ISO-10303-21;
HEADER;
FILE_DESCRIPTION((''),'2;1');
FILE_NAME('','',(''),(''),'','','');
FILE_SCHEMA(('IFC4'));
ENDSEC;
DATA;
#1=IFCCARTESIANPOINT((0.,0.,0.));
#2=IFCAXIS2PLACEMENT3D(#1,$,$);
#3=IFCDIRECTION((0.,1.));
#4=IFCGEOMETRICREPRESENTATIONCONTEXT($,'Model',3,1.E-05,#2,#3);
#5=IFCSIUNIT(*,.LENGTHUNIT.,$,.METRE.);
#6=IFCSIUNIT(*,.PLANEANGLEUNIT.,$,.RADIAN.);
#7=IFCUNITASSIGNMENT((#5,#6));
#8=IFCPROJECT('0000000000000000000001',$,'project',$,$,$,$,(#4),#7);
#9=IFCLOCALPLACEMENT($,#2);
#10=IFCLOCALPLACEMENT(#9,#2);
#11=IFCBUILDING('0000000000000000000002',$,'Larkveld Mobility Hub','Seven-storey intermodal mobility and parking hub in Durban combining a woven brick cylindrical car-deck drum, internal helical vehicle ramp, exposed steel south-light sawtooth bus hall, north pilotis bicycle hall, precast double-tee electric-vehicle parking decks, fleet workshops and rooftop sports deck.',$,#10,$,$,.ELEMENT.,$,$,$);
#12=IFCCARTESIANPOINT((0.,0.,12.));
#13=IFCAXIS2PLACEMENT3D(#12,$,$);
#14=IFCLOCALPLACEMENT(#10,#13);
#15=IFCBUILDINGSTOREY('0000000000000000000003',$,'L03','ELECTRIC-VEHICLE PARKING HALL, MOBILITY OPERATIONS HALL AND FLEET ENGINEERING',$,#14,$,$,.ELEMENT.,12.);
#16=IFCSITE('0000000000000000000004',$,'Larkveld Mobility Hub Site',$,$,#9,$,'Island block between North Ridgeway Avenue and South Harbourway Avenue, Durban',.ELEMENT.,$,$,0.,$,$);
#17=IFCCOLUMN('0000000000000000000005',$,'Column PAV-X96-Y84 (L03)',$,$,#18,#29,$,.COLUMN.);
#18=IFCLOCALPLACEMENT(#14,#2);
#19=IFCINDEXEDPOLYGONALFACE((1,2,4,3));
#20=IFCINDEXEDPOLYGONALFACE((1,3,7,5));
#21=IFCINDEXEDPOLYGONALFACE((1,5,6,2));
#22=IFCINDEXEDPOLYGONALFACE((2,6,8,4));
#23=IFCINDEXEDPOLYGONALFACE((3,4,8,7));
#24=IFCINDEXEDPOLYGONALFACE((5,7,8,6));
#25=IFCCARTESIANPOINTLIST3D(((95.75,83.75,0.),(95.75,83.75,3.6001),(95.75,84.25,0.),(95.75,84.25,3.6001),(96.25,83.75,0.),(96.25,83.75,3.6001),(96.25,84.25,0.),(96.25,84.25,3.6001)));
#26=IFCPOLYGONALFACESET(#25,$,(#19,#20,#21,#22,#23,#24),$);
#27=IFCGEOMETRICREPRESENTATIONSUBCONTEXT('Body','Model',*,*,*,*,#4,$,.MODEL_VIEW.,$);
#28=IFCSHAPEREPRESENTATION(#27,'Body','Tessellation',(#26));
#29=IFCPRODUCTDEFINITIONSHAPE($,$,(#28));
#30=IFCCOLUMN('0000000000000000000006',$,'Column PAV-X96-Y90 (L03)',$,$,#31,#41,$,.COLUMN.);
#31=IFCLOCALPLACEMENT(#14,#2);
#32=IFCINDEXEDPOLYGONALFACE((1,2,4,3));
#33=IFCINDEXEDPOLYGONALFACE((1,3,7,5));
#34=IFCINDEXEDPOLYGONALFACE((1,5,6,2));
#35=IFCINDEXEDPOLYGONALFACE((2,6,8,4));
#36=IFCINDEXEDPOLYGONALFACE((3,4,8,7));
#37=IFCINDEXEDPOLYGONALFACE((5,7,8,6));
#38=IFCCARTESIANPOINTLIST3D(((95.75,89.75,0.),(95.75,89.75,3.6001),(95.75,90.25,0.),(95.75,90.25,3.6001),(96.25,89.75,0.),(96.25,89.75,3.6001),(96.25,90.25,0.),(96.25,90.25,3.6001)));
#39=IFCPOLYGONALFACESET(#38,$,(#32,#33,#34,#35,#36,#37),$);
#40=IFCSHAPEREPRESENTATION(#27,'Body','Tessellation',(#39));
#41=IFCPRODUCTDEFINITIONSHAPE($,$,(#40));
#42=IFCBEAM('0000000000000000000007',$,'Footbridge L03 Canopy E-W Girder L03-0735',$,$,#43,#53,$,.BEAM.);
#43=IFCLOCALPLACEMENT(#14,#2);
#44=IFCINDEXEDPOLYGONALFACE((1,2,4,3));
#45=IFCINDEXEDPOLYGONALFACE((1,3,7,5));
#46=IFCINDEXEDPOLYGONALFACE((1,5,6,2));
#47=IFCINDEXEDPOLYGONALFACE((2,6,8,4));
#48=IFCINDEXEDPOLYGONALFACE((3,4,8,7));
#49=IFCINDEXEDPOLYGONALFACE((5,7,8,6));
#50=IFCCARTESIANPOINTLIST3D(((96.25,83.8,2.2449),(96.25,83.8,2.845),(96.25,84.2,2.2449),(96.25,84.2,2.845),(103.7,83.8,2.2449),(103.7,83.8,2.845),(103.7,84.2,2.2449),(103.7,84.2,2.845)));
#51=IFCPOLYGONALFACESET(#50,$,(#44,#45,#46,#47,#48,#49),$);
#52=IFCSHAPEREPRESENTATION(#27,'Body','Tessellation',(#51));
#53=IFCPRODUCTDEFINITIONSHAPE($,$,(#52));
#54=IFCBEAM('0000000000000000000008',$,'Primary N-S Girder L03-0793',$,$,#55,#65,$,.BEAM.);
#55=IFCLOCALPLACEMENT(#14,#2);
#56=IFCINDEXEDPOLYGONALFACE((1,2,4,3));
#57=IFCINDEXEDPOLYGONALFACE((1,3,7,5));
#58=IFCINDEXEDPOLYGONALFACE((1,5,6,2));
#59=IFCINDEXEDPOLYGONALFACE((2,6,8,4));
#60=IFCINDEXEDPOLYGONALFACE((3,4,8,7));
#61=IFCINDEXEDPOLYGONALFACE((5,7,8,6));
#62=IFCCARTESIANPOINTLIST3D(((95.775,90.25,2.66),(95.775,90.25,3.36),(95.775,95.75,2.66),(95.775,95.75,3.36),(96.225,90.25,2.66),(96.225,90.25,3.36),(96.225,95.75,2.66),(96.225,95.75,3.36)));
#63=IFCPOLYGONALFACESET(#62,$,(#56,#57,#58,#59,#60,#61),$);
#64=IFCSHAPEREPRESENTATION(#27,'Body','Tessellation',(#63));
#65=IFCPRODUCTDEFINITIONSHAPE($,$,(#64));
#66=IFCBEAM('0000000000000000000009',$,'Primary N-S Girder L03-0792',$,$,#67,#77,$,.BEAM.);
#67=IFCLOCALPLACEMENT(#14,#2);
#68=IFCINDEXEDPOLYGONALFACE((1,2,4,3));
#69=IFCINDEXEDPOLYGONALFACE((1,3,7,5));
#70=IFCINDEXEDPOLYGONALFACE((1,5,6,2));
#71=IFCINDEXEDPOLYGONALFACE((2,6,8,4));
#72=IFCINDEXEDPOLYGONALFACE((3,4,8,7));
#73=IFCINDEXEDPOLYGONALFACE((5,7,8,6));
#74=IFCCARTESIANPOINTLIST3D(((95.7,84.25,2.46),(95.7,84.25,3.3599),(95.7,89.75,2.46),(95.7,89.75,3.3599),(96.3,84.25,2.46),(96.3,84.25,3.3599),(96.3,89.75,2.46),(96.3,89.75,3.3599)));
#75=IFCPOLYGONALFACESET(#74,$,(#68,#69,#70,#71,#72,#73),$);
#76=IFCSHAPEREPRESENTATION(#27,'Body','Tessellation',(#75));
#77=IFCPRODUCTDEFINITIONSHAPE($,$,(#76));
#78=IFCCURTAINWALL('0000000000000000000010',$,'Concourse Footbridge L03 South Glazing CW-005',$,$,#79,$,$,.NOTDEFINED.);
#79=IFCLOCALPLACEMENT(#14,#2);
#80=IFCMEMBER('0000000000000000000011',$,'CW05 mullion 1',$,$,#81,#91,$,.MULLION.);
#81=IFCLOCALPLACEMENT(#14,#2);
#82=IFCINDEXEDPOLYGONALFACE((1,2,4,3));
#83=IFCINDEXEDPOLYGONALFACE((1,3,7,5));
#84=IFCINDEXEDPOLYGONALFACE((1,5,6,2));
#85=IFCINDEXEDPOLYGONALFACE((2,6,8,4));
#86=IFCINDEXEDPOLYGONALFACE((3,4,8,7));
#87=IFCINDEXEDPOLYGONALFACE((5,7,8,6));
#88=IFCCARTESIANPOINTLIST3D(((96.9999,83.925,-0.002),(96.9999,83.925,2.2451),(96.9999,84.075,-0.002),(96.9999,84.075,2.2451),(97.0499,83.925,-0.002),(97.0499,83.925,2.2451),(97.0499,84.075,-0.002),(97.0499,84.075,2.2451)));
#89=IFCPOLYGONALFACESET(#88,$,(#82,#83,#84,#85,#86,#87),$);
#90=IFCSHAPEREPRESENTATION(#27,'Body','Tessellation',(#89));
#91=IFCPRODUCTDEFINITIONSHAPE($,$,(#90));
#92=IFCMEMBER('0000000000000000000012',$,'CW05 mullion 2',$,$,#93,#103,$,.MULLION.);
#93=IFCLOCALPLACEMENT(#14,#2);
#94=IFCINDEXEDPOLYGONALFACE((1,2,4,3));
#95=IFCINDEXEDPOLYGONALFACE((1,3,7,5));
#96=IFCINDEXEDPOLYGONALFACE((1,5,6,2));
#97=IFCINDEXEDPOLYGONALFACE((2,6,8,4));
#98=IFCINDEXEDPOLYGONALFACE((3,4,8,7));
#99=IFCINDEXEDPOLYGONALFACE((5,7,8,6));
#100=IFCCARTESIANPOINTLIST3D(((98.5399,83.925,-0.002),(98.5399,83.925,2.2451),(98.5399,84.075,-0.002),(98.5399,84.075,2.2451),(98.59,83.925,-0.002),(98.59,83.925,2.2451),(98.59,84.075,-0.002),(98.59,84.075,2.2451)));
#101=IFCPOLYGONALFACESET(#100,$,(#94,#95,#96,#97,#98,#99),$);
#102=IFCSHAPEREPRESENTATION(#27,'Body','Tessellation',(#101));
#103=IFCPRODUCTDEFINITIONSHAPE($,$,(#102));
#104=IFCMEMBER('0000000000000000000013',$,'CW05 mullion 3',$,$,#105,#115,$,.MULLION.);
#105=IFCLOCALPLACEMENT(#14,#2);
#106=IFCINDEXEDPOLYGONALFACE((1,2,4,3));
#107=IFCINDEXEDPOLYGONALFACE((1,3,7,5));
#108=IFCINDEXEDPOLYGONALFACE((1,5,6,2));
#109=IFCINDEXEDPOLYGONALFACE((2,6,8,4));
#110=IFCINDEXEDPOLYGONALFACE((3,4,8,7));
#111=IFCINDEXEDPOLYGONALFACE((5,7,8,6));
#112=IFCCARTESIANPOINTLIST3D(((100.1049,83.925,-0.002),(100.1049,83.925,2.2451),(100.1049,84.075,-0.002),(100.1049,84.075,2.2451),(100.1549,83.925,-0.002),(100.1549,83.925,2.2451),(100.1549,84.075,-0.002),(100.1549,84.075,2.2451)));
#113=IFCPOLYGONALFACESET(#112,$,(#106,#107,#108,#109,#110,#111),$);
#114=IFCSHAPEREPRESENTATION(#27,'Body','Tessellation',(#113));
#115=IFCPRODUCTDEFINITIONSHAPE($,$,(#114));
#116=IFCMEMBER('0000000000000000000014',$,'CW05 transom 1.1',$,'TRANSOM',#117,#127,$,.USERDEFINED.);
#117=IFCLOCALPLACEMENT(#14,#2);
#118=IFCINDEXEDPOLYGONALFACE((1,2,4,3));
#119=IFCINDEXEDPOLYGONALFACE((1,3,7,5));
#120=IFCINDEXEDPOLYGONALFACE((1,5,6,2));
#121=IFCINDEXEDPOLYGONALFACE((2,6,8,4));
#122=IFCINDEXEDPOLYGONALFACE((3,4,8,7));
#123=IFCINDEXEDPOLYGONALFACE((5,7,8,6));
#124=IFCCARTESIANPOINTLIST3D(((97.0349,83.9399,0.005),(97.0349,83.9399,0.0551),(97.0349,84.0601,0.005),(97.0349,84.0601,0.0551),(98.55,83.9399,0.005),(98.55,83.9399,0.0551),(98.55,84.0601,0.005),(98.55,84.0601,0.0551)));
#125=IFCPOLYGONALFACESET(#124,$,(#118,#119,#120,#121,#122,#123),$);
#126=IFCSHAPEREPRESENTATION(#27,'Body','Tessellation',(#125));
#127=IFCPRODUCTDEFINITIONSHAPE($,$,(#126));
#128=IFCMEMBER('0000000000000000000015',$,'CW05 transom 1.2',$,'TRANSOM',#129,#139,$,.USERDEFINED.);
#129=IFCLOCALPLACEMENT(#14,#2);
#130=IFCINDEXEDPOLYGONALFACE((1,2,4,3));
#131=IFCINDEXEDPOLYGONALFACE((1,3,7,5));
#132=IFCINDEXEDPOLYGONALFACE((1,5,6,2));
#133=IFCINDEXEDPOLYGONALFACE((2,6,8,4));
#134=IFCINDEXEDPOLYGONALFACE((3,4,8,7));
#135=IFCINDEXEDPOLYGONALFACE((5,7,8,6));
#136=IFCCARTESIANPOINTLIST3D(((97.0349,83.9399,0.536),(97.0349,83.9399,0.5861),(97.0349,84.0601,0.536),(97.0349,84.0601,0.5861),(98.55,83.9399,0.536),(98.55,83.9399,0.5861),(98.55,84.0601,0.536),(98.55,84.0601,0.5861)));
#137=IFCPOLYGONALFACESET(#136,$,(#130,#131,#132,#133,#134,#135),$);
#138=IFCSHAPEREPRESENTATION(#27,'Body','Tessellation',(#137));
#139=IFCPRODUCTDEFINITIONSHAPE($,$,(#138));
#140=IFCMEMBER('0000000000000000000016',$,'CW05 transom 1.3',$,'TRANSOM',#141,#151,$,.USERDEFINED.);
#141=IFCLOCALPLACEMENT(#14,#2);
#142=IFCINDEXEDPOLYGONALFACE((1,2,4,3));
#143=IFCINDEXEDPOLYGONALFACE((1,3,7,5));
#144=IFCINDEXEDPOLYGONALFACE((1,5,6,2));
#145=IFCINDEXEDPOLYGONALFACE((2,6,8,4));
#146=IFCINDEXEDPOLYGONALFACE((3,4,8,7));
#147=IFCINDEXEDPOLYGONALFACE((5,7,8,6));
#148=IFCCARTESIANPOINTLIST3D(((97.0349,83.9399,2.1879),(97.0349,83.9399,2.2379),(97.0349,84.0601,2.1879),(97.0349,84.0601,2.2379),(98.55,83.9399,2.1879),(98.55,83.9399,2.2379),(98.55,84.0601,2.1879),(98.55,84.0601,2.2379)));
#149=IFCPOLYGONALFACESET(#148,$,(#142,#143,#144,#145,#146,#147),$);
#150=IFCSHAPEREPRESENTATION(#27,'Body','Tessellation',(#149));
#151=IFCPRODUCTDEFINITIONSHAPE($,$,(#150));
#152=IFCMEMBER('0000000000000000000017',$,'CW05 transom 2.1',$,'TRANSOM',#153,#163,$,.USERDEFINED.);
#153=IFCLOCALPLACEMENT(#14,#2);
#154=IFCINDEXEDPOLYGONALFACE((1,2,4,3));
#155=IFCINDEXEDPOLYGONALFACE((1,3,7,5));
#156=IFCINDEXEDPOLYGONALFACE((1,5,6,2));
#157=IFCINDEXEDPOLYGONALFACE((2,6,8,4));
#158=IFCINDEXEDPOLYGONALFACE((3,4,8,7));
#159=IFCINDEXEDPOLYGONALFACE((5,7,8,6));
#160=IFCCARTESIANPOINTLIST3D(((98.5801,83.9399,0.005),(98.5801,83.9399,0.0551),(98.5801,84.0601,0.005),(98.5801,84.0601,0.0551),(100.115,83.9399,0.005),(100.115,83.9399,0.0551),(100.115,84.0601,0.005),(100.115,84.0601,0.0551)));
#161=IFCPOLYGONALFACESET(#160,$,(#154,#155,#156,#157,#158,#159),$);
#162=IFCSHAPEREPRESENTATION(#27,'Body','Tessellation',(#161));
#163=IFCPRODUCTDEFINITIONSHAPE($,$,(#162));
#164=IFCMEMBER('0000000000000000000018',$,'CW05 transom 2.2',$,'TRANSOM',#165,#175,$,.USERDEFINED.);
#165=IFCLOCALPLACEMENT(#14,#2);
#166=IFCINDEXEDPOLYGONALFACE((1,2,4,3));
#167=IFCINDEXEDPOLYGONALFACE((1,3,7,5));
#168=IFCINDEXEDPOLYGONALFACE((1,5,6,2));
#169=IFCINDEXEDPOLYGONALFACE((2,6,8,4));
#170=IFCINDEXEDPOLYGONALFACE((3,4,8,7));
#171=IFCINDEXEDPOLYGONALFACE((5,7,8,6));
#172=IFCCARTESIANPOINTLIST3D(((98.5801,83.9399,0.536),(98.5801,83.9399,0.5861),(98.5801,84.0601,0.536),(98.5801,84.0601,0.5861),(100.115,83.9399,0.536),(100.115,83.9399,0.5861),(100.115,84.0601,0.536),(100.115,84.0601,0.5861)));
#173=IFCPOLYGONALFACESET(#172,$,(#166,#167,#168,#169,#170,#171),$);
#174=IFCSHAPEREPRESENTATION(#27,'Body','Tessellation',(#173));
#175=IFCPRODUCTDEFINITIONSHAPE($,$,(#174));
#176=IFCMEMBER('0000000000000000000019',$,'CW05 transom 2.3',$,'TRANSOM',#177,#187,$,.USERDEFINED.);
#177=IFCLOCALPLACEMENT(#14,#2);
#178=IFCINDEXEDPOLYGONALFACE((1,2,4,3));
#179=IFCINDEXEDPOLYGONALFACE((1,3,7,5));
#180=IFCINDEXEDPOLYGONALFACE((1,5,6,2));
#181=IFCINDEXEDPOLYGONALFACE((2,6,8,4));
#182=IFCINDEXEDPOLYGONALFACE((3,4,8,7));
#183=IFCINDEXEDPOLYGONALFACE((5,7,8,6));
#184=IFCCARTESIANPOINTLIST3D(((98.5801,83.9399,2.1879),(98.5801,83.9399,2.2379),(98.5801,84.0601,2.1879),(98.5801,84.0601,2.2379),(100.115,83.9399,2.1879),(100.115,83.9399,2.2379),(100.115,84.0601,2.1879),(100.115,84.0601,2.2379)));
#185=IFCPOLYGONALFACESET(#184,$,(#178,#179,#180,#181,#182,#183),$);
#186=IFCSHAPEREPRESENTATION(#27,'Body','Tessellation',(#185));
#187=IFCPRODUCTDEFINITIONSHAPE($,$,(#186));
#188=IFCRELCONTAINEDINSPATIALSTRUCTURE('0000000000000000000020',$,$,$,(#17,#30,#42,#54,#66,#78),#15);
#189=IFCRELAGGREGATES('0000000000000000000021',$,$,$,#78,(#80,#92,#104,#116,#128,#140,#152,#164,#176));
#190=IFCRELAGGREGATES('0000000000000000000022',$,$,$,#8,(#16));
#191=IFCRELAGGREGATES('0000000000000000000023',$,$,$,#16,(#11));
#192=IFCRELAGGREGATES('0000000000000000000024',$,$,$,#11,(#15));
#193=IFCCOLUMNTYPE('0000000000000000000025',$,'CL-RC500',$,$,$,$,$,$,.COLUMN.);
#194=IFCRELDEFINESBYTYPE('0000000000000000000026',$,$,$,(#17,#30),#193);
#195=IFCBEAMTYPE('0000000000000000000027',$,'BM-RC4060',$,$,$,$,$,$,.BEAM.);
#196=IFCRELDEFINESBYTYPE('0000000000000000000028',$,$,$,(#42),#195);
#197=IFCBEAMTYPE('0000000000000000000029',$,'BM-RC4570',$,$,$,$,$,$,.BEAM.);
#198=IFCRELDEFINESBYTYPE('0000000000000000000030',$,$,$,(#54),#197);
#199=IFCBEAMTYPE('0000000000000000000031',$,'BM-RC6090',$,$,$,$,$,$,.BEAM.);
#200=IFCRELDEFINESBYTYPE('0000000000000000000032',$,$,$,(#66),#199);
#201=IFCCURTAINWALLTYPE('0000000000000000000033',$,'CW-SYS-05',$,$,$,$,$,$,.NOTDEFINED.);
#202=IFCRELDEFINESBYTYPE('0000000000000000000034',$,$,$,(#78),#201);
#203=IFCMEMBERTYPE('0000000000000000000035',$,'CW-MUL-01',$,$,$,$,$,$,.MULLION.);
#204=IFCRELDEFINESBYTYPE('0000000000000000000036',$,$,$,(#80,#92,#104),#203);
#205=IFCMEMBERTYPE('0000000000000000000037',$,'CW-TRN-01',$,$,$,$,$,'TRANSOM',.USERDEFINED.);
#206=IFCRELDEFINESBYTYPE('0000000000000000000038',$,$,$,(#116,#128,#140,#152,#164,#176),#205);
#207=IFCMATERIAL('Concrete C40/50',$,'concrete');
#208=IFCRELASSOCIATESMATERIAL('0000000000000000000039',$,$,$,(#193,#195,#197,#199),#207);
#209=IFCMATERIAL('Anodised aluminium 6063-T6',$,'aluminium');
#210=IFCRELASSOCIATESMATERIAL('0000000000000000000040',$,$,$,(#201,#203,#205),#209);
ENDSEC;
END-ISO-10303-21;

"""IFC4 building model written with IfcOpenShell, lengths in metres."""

from ifc_helpers import new_model, si_unit, direction, frame, origin, origin_2d, place, context, subcontext, project, spatial, rectangle, extrude, material, material_profile, profile_set, type_object, element, aggregate, save


model = new_model("IFC4")

# Units and contexts
model_context = context("Model", 3, precision=1e-05, world=origin(), true_north=direction((0.0, 1.0)))
body_context = subcontext(model_context, "Body", "Model", "MODEL_VIEW")
ifc_project = project(units=[si_unit("LENGTHUNIT", "METRE"), si_unit("PLANEANGLEUNIT", "RADIAN")], contexts=[model_context])

# Site, building, storey
site_placement = place(None, origin())
site = spatial("IfcSite", under=ifc_project, at=site_placement, Name="Larkveld Mobility Hub Site", LongName="Island block between North Ridgeway Avenue and South Harbourway Avenue, Durban", CompositionType="ELEMENT", RefElevation=0.0)
building_placement = place(site_placement, origin())
building = spatial("IfcBuilding", under=site, at=building_placement, Name="Larkveld Mobility Hub", Description="Seven-storey intermodal mobility and parking hub in Durban combining a woven brick cylindrical car-deck drum, internal helical vehicle ramp, exposed steel south-light sawtooth bus hall, north pilotis bicycle hall, precast double-tee electric-vehicle parking decks, fleet workshops and rooftop sports deck.", CompositionType="ELEMENT")
storey_placement = place(building_placement, frame((0.0, 0.0, 12.0)))
storey = spatial("IfcBuildingStorey", under=building, at=storey_placement, Name="L03", Description="ELECTRIC-VEHICLE PARKING HALL, MOBILITY OPERATIONS HALL AND FLEET ENGINEERING", CompositionType="ELEMENT", Elevation=12.0)

# Columns
ifc_material_1 = material(Name="Concrete C40/50", Category="concrete")
ifc_material_profile_1 = material_profile(ifc_material_1, rectangle(XDim=0.5, YDim=0.5, at=origin_2d()), Name="RC COL 500x500")
ifc_profile_set_1 = profile_set([ifc_material_profile_1], Name="Concrete C40/50")
column_type = type_object("IfcColumnType", Name="CL-RC500", PredefinedType="COLUMN", material=ifc_profile_set_1)
for number, where, z_axis, x_axis, name in (
    (1, (96.0, 84.0, 0.0), (0.0, 0.0, 1.0), (1.0, 0.0, 0.0), "Column PAV-X96-Y84 (L03)"),
    (2, (96.0, 90.0, 0.0), (0.0, 0.0, 1.0), (1.0, 0.0, 0.0), "Column PAV-X96-Y90 (L03)"),
):
    element("IfcColumn", number, at=place(storey_placement, frame(where, z_axis=z_axis, x_axis=x_axis)), inside=storey, type_object=column_type, Name=name, PredefinedType="COLUMN", context=body_context, shape_type="SweptSolid", body=[
        extrude(rectangle(XDim=0.5, YDim=0.5, at=origin_2d()), origin(), (0.0, 0.0, 1.0), 3.6001),
    ])

# Beams
ifc_material_profile_2 = material_profile(ifc_material_1, rectangle(XDim=0.3999, YDim=0.6001, at=origin_2d()), Name="RC BM 400x600")
ifc_profile_set_2 = profile_set([ifc_material_profile_2], Name="Concrete C40/50")
beam_type_1 = type_object("IfcBeamType", Name="BM-RC4060", PredefinedType="BEAM", material=ifc_profile_set_2)
beam_1_placement = place(storey_placement, frame((96.25, 84.0, 2.5449), z_axis=(1.0, 0.0, 0.0), x_axis=(0.0, 1.0, 0.0)))
element("IfcBeam", 3, at=beam_1_placement, inside=storey, type_object=beam_type_1, Name="Footbridge L03 Canopy E-W Girder L03-0735", PredefinedType="BEAM", context=body_context, shape_type="SweptSolid", body=[
    extrude(rectangle(XDim=0.3999, YDim=0.6001, at=origin_2d()), origin(), (0.0, 0.0, 1.0), 7.45),
])
ifc_material_profile_3 = material_profile(ifc_material_1, rectangle(XDim=0.45, YDim=0.7, at=origin_2d()), Name="RC BM 450x700")
ifc_profile_set_3 = profile_set([ifc_material_profile_3], Name="Concrete C40/50")
beam_type_2 = type_object("IfcBeamType", Name="BM-RC4570", PredefinedType="BEAM", material=ifc_profile_set_3)
beam_2_placement = place(storey_placement, frame((96.0, 90.25, 3.01), z_axis=(0.0, 1.0, 0.0), x_axis=(-1.0, 0.0, 0.0)))
element("IfcBeam", 4, at=beam_2_placement, inside=storey, type_object=beam_type_2, Name="Primary N-S Girder L03-0793", PredefinedType="BEAM", context=body_context, shape_type="SweptSolid", body=[
    extrude(rectangle(XDim=0.45, YDim=0.7, at=origin_2d()), origin(), (0.0, 0.0, 1.0), 5.5),
])
ifc_material_profile_4 = material_profile(ifc_material_1, rectangle(XDim=0.6001, YDim=0.8999, at=origin_2d()), Name="RC BM 600x900")
ifc_profile_set_4 = profile_set([ifc_material_profile_4], Name="Concrete C40/50")
beam_type_3 = type_object("IfcBeamType", Name="BM-RC6090", PredefinedType="BEAM", material=ifc_profile_set_4)
beam_3_placement = place(storey_placement, frame((96.0, 84.25, 2.9099), z_axis=(0.0, 1.0, 0.0), x_axis=(-1.0, 0.0, 0.0)))
element("IfcBeam", 5, at=beam_3_placement, inside=storey, type_object=beam_type_3, Name="Primary N-S Girder L03-0792", PredefinedType="BEAM", context=body_context, shape_type="SweptSolid", body=[
    extrude(rectangle(XDim=0.6001, YDim=0.8999, at=origin_2d()), origin(), (0.0, 0.0, 1.0), 5.5),
])

# Curtain wall, members
ifc_material_2 = material(Name="Anodised aluminium 6063-T6", Category="aluminium")
curtain_wall_type = type_object("IfcCurtainWallType", Name="CW-SYS-05", PredefinedType="NOTDEFINED", material=ifc_material_2)
curtain_wall_placement = place(storey_placement, origin())
curtain_wall = element("IfcCurtainWall", 6, at=curtain_wall_placement, inside=storey, type_object=curtain_wall_type, Name="Concourse Footbridge L03 South Glazing CW-005", PredefinedType="NOTDEFINED")
ifc_material_profile_5 = material_profile(ifc_material_2, rectangle(XDim=0.05, YDim=0.1499, at=origin_2d()), Name="ALU MULL 50x150")
ifc_profile_set_5 = profile_set([ifc_material_profile_5], Name="Anodised aluminium 6063-T6")
member_type_1 = type_object("IfcMemberType", Name="CW-MUL-01", PredefinedType="MULLION", material=ifc_profile_set_5)
member_1_placement = place(storey_placement, frame((97.0249, 84.0, -0.002), z_axis=(0.0, 0.0, 1.0), x_axis=(1.0, 0.0, 0.0)))
member_1 = element("IfcMember", 7, at=member_1_placement, type_object=member_type_1, Name="CW05 mullion 1", PredefinedType="MULLION", context=body_context, shape_type="SweptSolid", body=[
    extrude(rectangle(XDim=0.05, YDim=0.1499, at=origin_2d()), origin(), (0.0, 0.0, 1.0), 2.2471),
])
member_2_placement = place(storey_placement, frame((98.5649, 84.0, -0.002), z_axis=(0.0, 0.0, 1.0), x_axis=(1.0, 0.0, 0.0)))
member_2 = element("IfcMember", 8, at=member_2_placement, type_object=member_type_1, Name="CW05 mullion 2", PredefinedType="MULLION", context=body_context, shape_type="SweptSolid", body=[
    extrude(rectangle(XDim=0.05, YDim=0.1499, at=origin_2d()), origin(), (0.0, 0.0, 1.0), 2.2471),
])
member_3_placement = place(storey_placement, frame((100.1299, 84.0, -0.002), z_axis=(0.0, 0.0, 1.0), x_axis=(1.0, 0.0, 0.0)))
member_3 = element("IfcMember", 9, at=member_3_placement, type_object=member_type_1, Name="CW05 mullion 3", PredefinedType="MULLION", context=body_context, shape_type="SweptSolid", body=[
    extrude(rectangle(XDim=0.05, YDim=0.1499, at=origin_2d()), origin(), (0.0, 0.0, 1.0), 2.2471),
])
ifc_material_profile_6 = material_profile(ifc_material_2, rectangle(XDim=0.1201, YDim=0.05, at=origin_2d()), Name="ALU TRAN 50x120")
ifc_profile_set_6 = profile_set([ifc_material_profile_6], Name="Anodised aluminium 6063-T6")
member_type_2 = type_object("IfcMemberType", Name="CW-TRN-01", ElementType="TRANSOM", PredefinedType="USERDEFINED", material=ifc_profile_set_6)
member_4_placement = place(storey_placement, frame((97.0349, 84.0, 0.03), z_axis=(1.0, 0.0, 0.0), x_axis=(0.0, 1.0, 0.0)))
member_4 = element("IfcMember", 10, at=member_4_placement, type_object=member_type_2, Name="CW05 transom 1.1", ObjectType="TRANSOM", PredefinedType="USERDEFINED", context=body_context, shape_type="SweptSolid", body=[
    extrude(rectangle(XDim=0.1201, YDim=0.05, at=origin_2d()), origin(), (0.0, 0.0, 1.0), 1.5151),
])
member_5_placement = place(storey_placement, frame((97.0349, 84.0, 0.561), z_axis=(1.0, 0.0, 0.0), x_axis=(0.0, 1.0, 0.0)))
member_5 = element("IfcMember", 11, at=member_5_placement, type_object=member_type_2, Name="CW05 transom 1.2", ObjectType="TRANSOM", PredefinedType="USERDEFINED", context=body_context, shape_type="SweptSolid", body=[
    extrude(rectangle(XDim=0.1201, YDim=0.05, at=origin_2d()), origin(), (0.0, 0.0, 1.0), 1.5151),
])
member_6_placement = place(storey_placement, frame((97.0349, 84.0, 2.2129), z_axis=(1.0, 0.0, 0.0), x_axis=(0.0, 1.0, 0.0)))
member_6 = element("IfcMember", 12, at=member_6_placement, type_object=member_type_2, Name="CW05 transom 1.3", ObjectType="TRANSOM", PredefinedType="USERDEFINED", context=body_context, shape_type="SweptSolid", body=[
    extrude(rectangle(XDim=0.1201, YDim=0.05, at=origin_2d()), origin(), (0.0, 0.0, 1.0), 1.5151),
])
member_7_placement = place(storey_placement, frame((98.5801, 84.0, 0.03), z_axis=(1.0, 0.0, 0.0), x_axis=(0.0, 1.0, 0.0)))
member_7 = element("IfcMember", 13, at=member_7_placement, type_object=member_type_2, Name="CW05 transom 2.1", ObjectType="TRANSOM", PredefinedType="USERDEFINED", context=body_context, shape_type="SweptSolid", body=[
    extrude(rectangle(XDim=0.1201, YDim=0.05, at=origin_2d()), origin(), (0.0, 0.0, 1.0), 1.5349),
])
member_8_placement = place(storey_placement, frame((98.5801, 84.0, 0.561), z_axis=(1.0, 0.0, 0.0), x_axis=(0.0, 1.0, 0.0)))
member_8 = element("IfcMember", 14, at=member_8_placement, type_object=member_type_2, Name="CW05 transom 2.2", ObjectType="TRANSOM", PredefinedType="USERDEFINED", context=body_context, shape_type="SweptSolid", body=[
    extrude(rectangle(XDim=0.1201, YDim=0.05, at=origin_2d()), origin(), (0.0, 0.0, 1.0), 1.5349),
])
member_9_placement = place(storey_placement, frame((98.5801, 84.0, 2.2129), z_axis=(1.0, 0.0, 0.0), x_axis=(0.0, 1.0, 0.0)))
member_9 = element("IfcMember", 15, at=member_9_placement, type_object=member_type_2, Name="CW05 transom 2.3", ObjectType="TRANSOM", PredefinedType="USERDEFINED", context=body_context, shape_type="SweptSolid", body=[
    extrude(rectangle(XDim=0.1201, YDim=0.05, at=origin_2d()), origin(), (0.0, 0.0, 1.0), 1.5349),
])

aggregate(curtain_wall, [member_1, member_2, member_3, member_4, member_5, member_6, member_7, member_8, member_9])

save(model, "model.ifc")
